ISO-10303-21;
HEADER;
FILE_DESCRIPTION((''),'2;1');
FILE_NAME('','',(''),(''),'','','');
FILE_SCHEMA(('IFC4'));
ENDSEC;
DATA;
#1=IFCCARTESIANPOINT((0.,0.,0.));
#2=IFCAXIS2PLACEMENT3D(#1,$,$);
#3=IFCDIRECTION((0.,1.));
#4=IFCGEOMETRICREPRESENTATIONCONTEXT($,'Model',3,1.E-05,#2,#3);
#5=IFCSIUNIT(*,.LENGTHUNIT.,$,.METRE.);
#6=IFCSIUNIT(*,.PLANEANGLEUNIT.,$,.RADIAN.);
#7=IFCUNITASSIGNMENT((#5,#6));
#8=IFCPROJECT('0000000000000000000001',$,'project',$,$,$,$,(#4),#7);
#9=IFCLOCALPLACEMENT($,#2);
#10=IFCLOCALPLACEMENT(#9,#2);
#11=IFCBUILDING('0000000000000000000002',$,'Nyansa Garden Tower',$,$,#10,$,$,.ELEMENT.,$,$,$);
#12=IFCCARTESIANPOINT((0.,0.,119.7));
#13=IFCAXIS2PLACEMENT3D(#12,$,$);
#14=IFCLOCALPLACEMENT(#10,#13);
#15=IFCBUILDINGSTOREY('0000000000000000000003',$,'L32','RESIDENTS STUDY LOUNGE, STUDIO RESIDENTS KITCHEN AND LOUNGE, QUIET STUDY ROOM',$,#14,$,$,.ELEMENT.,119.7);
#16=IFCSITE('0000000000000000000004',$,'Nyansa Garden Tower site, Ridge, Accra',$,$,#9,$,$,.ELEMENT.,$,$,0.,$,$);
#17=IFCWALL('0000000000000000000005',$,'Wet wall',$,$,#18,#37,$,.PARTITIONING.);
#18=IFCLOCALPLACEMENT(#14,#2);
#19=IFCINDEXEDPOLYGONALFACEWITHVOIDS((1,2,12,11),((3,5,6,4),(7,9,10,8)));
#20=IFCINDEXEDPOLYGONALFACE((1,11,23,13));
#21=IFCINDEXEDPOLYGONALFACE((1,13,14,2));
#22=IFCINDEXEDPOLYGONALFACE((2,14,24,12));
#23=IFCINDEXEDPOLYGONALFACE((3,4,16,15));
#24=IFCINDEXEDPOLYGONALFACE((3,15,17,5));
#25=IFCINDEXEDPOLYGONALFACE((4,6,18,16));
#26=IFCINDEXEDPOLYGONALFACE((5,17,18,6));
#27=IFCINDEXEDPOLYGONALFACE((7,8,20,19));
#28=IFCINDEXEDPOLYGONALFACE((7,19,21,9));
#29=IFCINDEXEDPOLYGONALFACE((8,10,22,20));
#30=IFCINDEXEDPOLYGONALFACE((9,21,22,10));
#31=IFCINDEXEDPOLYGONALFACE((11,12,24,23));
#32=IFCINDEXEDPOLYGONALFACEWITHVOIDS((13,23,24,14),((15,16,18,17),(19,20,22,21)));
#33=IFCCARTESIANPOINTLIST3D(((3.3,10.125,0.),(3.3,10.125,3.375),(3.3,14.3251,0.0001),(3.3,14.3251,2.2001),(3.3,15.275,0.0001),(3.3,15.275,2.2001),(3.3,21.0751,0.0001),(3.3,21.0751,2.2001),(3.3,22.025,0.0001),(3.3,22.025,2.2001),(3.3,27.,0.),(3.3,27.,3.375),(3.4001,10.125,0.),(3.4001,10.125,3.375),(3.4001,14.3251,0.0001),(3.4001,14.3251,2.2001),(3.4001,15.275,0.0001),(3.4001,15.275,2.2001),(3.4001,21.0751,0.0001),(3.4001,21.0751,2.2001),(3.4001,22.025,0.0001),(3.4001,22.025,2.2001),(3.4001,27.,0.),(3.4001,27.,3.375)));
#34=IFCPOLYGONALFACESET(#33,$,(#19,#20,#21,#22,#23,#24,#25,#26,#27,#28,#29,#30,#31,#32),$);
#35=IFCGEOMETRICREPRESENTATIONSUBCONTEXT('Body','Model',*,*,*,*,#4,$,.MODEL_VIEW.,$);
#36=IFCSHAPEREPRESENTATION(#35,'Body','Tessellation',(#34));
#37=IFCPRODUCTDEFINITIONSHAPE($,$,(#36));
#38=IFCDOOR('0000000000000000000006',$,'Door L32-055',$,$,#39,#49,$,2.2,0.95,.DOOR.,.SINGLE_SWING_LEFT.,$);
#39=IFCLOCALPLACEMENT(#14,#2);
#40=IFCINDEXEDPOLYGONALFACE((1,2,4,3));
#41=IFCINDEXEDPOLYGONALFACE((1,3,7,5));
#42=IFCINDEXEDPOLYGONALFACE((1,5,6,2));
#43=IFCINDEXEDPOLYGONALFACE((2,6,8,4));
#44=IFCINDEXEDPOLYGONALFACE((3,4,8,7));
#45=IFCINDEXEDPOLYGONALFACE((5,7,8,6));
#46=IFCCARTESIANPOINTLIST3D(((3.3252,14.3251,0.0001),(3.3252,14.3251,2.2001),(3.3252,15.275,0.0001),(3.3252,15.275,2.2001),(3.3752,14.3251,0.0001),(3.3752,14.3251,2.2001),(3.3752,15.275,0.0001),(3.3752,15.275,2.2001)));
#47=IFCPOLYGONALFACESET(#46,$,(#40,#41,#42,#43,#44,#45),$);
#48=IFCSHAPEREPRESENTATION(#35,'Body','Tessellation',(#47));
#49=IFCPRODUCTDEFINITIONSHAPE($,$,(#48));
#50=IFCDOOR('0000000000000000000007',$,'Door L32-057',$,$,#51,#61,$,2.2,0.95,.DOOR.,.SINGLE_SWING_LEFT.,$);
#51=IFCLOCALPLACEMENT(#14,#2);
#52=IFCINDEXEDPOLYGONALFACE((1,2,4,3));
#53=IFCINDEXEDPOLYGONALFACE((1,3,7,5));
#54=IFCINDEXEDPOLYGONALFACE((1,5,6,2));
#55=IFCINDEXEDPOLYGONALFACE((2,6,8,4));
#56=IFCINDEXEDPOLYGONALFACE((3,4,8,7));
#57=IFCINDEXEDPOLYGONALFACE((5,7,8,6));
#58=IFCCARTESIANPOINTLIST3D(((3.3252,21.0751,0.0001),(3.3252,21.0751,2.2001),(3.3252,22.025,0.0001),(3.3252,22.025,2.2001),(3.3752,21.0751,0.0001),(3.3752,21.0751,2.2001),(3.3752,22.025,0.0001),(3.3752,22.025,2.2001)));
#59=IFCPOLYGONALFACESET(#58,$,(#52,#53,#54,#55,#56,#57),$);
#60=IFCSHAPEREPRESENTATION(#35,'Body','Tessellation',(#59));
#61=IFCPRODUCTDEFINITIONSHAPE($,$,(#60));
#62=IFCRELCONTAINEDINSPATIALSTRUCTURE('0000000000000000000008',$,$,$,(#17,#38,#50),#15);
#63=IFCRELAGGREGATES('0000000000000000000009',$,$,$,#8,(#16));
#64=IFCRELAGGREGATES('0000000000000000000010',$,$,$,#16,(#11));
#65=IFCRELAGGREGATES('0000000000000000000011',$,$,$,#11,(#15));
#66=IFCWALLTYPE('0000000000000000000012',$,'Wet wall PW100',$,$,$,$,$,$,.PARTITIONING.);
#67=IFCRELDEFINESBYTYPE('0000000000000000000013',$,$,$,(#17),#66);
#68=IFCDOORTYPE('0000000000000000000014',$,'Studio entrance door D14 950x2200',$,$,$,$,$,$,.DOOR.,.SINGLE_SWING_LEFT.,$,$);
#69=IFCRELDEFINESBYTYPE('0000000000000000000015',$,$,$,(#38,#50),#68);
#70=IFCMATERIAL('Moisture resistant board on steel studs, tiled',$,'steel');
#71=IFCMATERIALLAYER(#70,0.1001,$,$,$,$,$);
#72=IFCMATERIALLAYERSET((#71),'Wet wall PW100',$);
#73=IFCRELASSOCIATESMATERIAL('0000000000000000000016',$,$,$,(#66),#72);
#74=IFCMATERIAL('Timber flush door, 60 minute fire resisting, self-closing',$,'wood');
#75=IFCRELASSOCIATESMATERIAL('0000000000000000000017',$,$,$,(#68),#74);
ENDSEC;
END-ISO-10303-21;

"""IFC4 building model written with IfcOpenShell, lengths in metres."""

from ifc_helpers import new_model, si_unit, direction, frame, frame_2d, origin, place, context, subcontext, project, spatial, rectangle, extrude, material, layer, layer_set, type_object, element, fill, save


model = new_model("IFC4")

# Units and contexts
model_context = context("Model", 3, precision=1e-05, world=origin(), true_north=direction((0.0, 1.0)))
body_context = subcontext(model_context, "Body", "Model", "MODEL_VIEW")
ifc_project = project(units=[si_unit("LENGTHUNIT", "METRE"), si_unit("PLANEANGLEUNIT", "RADIAN")], contexts=[model_context])

# Site, building, storey
site_placement = place(None, origin())
site = spatial("IfcSite", under=ifc_project, at=site_placement, Name="Nyansa Garden Tower site, Ridge, Accra", CompositionType="ELEMENT", RefElevation=0.0)
building_placement = place(site_placement, origin())
building = spatial("IfcBuilding", under=site, at=building_placement, Name="Nyansa Garden Tower", CompositionType="ELEMENT")
storey_placement = place(building_placement, frame((0.0, 0.0, 119.7)))
storey = spatial("IfcBuildingStorey", under=building, at=storey_placement, Name="L32", Description="RESIDENTS STUDY LOUNGE, STUDIO RESIDENTS KITCHEN AND LOUNGE, QUIET STUDY ROOM", CompositionType="ELEMENT", Elevation=119.7)

# Shared definitions
ifc_material_1 = material(Name="Moisture resistant board on steel studs, tiled", Category="steel")
ifc_layer_1 = layer(ifc_material_1, 0.1001)
ifc_layer_set_1 = layer_set([ifc_layer_1], Name="Wet wall PW100")
wall_type_1 = type_object("IfcWallType", Name="Wet wall PW100", PredefinedType="PARTITIONING", material=ifc_layer_set_1)

# Wall, openings, doors
wall_1_placement = place(storey_placement, frame((3.3501, 10.125, 0.0), z_axis=(0.0, 0.0, 1.0), x_axis=(0.0, 1.0, 0.0)))
wall_1 = element("IfcWall", 1, at=wall_1_placement, inside=storey, type_object=wall_type_1, Name="Wet wall", PredefinedType="PARTITIONING", context=body_context, shape_type="SweptSolid", body=[
    extrude(rectangle(XDim=16.875, YDim=0.1001, at=frame_2d((8.4375, 0.0))), origin(), (0.0, 0.0, 1.0), 3.375),
])
opening_1_placement = place(wall_1_placement, frame((4.2, 0.0, 0.0)))
opening_1 = element("IfcOpeningElement", 2, at=opening_1_placement, cuts=wall_1, PredefinedType="OPENING", context=body_context, shape_type="SweptSolid", body=[
    extrude(rectangle(XDim=0.95, YDim=2.2, at=frame_2d((0.4751, 1.1001))), frame((0.0, 0.0601, 0.0), z_axis=(0.0, -1.0, 0.0), x_axis=(1.0, 0.0, 0.0)), (0.0, 0.0, 1.0), 0.1201),
])
opening_2_placement = place(wall_1_placement, frame((10.95, 0.0, 0.0)))
opening_2 = element("IfcOpeningElement", 3, at=opening_2_placement, cuts=wall_1, PredefinedType="OPENING", context=body_context, shape_type="SweptSolid", body=[
    extrude(rectangle(XDim=0.95, YDim=2.2, at=frame_2d((0.4751, 1.1001))), frame((0.0, 0.0601, 0.0), z_axis=(0.0, -1.0, 0.0), x_axis=(1.0, 0.0, 0.0)), (0.0, 0.0, 1.0), 0.1201),
])
ifc_material_2 = material(Name="Timber flush door, 60 minute fire resisting, self-closing", Category="wood")
door_type_1 = type_object("IfcDoorType", Name="Studio entrance door D14 950x2200", OperationType="SINGLE_SWING_LEFT", PredefinedType="DOOR", material=ifc_material_2)
door_1_placement = place(opening_1_placement, origin())
door_1 = element("IfcDoor", 4, at=door_1_placement, inside=storey, type_object=door_type_1, Name="Door L32-055", OperationType="SINGLE_SWING_LEFT", OverallHeight=2.2, OverallWidth=0.95, PredefinedType="DOOR", context=body_context, shape_type="SweptSolid", body=[
    extrude(rectangle(XDim=0.95, YDim=2.2, at=frame_2d((0.4751, 1.1001))), frame((0.0, 0.0249, 0.0), z_axis=(0.0, -1.0, 0.0), x_axis=(1.0, 0.0, 0.0)), (0.0, 0.0, 1.0), 0.05),
])
fill(opening_1, door_1)
door_2_placement = place(opening_2_placement, origin())
door_2 = element("IfcDoor", 5, at=door_2_placement, inside=storey, type_object=door_type_1, Name="Door L32-057", OperationType="SINGLE_SWING_LEFT", OverallHeight=2.2, OverallWidth=0.95, PredefinedType="DOOR", context=body_context, shape_type="SweptSolid", body=[
    extrude(rectangle(XDim=0.95, YDim=2.2, at=frame_2d((0.4751, 1.1001))), frame((0.0, 0.0249, 0.0), z_axis=(0.0, -1.0, 0.0), x_axis=(1.0, 0.0, 0.0)), (0.0, 0.0, 1.0), 0.05),
])
fill(opening_2, door_2)

save(model, "model.ifc")
